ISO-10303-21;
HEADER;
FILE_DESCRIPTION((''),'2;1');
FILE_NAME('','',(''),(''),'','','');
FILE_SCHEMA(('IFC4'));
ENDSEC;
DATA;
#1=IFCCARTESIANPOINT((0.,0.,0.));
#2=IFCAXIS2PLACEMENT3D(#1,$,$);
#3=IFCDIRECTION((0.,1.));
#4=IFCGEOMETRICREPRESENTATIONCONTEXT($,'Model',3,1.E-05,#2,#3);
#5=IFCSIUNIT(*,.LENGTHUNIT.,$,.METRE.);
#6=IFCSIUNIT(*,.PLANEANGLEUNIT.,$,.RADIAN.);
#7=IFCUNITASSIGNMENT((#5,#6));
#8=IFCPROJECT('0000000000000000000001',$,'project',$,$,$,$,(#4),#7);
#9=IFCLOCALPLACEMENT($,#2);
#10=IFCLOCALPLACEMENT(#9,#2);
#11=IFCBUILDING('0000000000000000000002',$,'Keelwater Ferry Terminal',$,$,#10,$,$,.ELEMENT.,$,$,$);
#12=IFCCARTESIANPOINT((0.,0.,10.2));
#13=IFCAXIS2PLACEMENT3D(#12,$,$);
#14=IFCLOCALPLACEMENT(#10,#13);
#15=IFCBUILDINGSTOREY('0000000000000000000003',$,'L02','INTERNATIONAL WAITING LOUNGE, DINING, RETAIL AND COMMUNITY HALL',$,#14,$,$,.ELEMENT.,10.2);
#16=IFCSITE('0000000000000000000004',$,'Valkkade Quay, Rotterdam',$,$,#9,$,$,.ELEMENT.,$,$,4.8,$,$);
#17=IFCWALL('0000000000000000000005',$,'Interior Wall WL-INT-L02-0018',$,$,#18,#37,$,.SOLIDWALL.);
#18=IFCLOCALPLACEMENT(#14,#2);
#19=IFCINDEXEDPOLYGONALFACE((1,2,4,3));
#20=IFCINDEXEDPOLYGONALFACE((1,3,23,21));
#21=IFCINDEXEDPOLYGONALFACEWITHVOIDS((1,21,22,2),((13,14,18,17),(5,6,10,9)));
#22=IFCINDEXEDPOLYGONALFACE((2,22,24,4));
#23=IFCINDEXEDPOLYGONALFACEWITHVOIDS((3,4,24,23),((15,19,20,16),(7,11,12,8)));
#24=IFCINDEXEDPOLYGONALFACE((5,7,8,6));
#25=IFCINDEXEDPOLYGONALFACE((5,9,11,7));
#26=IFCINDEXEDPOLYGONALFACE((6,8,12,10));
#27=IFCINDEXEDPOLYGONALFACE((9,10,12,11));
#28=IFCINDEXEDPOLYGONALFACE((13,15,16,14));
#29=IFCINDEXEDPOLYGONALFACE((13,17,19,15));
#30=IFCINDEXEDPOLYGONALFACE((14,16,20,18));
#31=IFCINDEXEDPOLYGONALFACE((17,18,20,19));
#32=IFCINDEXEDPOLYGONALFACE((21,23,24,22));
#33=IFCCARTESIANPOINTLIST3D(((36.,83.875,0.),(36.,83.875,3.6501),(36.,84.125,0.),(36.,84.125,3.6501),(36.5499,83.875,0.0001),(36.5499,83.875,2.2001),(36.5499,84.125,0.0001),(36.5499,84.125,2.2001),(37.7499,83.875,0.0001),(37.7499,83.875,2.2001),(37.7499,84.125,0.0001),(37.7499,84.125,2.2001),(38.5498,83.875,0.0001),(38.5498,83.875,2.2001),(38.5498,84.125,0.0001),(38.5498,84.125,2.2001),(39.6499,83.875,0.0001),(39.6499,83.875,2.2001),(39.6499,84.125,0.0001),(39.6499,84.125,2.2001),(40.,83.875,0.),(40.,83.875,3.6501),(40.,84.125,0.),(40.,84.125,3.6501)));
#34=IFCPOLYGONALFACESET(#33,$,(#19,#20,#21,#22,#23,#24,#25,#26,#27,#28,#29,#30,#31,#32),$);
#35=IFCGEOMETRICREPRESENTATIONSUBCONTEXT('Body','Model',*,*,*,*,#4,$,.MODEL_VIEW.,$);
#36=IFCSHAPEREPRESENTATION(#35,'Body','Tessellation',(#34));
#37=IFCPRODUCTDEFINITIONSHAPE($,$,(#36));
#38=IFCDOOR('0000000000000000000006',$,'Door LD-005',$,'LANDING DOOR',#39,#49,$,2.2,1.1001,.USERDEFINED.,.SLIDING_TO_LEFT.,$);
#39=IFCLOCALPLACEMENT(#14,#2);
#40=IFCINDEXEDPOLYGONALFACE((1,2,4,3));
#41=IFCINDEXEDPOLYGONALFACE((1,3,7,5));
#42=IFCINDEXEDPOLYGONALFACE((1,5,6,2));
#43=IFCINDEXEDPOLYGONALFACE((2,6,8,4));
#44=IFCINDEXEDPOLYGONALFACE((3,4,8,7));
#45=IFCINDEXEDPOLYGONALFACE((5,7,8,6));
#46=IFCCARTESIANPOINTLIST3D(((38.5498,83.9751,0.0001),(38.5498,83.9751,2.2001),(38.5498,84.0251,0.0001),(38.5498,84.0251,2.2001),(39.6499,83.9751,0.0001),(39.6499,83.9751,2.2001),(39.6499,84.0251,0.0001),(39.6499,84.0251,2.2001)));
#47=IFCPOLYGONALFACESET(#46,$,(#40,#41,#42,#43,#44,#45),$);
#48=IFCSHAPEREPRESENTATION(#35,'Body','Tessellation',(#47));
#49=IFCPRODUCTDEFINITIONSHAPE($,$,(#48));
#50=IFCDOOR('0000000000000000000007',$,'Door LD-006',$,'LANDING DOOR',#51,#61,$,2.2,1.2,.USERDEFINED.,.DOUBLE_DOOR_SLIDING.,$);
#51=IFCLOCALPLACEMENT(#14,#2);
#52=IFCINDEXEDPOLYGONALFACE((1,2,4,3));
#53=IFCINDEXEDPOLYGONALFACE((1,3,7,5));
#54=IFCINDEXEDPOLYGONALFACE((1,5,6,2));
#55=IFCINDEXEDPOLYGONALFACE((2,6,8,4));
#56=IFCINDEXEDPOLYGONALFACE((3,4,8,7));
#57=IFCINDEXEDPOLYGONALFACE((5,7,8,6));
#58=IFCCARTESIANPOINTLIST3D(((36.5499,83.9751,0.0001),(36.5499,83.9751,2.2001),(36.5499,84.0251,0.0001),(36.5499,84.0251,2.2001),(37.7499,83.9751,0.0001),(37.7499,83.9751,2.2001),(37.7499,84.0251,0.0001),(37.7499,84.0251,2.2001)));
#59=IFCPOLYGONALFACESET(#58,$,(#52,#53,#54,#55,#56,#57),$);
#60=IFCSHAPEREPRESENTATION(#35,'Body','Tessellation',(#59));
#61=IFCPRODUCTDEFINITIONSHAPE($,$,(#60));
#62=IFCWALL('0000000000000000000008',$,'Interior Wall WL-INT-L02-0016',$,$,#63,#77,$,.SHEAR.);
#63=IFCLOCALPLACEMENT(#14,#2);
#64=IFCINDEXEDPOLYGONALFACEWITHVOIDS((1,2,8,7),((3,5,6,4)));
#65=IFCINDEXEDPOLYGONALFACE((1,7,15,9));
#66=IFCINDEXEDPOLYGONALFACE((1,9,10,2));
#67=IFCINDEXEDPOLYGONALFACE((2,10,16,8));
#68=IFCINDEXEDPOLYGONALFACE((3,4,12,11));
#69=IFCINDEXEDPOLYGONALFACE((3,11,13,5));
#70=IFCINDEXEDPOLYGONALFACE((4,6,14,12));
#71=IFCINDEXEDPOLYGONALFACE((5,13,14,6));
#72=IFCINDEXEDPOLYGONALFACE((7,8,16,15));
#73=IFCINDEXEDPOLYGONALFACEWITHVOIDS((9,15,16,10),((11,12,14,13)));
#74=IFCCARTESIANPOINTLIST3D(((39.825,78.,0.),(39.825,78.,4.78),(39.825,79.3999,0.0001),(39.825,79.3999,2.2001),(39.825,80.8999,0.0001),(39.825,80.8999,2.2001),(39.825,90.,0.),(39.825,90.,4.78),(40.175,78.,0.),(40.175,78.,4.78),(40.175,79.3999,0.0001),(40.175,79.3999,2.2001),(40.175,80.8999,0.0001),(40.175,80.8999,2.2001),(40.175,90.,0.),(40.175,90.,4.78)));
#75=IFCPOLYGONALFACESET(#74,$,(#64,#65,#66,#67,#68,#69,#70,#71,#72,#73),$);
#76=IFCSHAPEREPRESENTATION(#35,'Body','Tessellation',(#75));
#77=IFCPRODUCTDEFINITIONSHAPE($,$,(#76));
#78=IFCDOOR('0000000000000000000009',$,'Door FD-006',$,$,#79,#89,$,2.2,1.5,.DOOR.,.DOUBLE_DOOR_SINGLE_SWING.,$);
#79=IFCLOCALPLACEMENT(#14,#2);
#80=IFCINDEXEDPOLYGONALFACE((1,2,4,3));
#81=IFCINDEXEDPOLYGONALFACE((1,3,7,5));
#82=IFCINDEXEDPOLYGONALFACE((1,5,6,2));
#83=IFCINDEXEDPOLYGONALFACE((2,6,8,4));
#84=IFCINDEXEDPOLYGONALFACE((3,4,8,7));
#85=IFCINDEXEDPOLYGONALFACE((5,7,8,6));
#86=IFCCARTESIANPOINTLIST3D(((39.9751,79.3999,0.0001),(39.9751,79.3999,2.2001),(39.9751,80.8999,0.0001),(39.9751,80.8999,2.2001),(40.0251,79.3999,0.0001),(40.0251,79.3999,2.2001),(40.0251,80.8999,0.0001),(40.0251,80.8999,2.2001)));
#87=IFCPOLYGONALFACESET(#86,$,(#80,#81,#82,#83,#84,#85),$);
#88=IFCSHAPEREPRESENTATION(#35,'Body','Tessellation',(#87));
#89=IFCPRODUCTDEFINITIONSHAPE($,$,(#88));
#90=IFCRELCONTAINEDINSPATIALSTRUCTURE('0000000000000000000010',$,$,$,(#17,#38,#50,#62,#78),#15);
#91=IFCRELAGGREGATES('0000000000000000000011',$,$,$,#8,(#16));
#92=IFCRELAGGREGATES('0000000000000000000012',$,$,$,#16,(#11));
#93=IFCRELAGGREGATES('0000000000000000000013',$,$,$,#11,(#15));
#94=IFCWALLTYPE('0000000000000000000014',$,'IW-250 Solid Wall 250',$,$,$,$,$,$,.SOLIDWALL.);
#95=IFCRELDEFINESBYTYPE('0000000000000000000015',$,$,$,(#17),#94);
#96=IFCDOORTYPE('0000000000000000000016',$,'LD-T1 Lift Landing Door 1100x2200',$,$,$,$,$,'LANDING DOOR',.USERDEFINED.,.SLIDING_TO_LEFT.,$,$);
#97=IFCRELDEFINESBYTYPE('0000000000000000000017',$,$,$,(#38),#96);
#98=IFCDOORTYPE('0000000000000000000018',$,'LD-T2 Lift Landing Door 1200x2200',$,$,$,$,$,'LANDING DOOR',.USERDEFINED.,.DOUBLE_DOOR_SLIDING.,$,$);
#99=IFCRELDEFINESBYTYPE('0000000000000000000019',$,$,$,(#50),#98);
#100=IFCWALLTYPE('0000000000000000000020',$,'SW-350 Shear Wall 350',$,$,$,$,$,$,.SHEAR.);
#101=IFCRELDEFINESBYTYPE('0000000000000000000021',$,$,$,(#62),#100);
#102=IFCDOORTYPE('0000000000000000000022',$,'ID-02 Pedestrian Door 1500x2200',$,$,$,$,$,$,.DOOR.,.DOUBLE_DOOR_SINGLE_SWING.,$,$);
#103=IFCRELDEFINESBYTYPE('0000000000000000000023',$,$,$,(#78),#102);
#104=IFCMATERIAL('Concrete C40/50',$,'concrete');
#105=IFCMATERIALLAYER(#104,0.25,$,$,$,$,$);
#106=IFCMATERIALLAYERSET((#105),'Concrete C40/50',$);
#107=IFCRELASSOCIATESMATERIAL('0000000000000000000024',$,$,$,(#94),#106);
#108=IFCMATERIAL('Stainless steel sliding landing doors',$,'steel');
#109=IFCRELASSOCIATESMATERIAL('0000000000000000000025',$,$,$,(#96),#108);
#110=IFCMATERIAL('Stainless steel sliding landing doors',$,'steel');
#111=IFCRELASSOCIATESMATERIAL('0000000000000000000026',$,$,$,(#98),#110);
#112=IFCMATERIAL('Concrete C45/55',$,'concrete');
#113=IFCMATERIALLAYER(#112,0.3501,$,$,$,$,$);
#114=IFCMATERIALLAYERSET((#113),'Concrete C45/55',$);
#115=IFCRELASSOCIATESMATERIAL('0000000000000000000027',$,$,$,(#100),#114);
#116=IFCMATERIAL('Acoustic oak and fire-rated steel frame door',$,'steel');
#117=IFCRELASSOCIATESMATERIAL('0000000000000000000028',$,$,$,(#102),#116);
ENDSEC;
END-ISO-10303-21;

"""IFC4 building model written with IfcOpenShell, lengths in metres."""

from ifc_helpers import new_model, si_unit, direction, frame, frame_2d, origin, place, context, subcontext, project, spatial, rectangle, extrude, material, layer, layer_set, type_object, element, fill, save


model = new_model("IFC4")

# Units and contexts
model_context = context("Model", 3, precision=1e-05, world=origin(), true_north=direction((0.0, 1.0)))
body_context = subcontext(model_context, "Body", "Model", "MODEL_VIEW")
ifc_project = project(units=[si_unit("LENGTHUNIT", "METRE"), si_unit("PLANEANGLEUNIT", "RADIAN")], contexts=[model_context])

# Site, building, storey
site_placement = place(None, origin())
site = spatial("IfcSite", under=ifc_project, at=site_placement, Name="Valkkade Quay, Rotterdam", CompositionType="ELEMENT", RefElevation=4.8)
building_placement = place(site_placement, origin())
building = spatial("IfcBuilding", under=site, at=building_placement, Name="Keelwater Ferry Terminal", CompositionType="ELEMENT")
storey_placement = place(building_placement, frame((0.0, 0.0, 10.2)))
storey = spatial("IfcBuildingStorey", under=building, at=storey_placement, Name="L02", Description="INTERNATIONAL WAITING LOUNGE, DINING, RETAIL AND COMMUNITY HALL", CompositionType="ELEMENT", Elevation=10.2)

# Wall, openings, doors
ifc_material_1 = material(Name="Concrete C40/50", Category="concrete")
ifc_layer_1 = layer(ifc_material_1, 0.25)
ifc_layer_set_1 = layer_set([ifc_layer_1], Name="Concrete C40/50")
wall_type_1 = type_object("IfcWallType", Name="IW-250 Solid Wall 250", PredefinedType="SOLIDWALL", material=ifc_layer_set_1)
wall_1_placement = place(storey_placement, frame((40.0, 84.0, 0.0), z_axis=(0.0, 0.0, 1.0), x_axis=(-1.0, 0.0, 0.0)))
wall_1 = element("IfcWall", 1, at=wall_1_placement, inside=storey, type_object=wall_type_1, Name="Interior Wall WL-INT-L02-0018", PredefinedType="SOLIDWALL", context=body_context, shape_type="SweptSolid", body=[
    extrude(rectangle(XDim=4.0, YDim=0.25, at=frame_2d((2.0, 0.0))), origin(), (0.0, 0.0, 1.0), 3.6501),
])
opening_1_placement = place(wall_1_placement, frame((0.3501, 0.0, 0.0)))
opening_1 = element("IfcOpeningElement", 2, at=opening_1_placement, cuts=wall_1, PredefinedType="OPENING", context=body_context, shape_type="SweptSolid", body=[
    extrude(rectangle(XDim=1.1001, YDim=2.2, at=frame_2d((0.55, 1.1001))), frame((0.0, 0.135, 0.0), z_axis=(0.0, -1.0, 0.0), x_axis=(1.0, 0.0, 0.0)), (0.0, 0.0, 1.0), 0.27),
])
opening_2_placement = place(wall_1_placement, frame((2.25, 0.0, 0.0)))
opening_2 = element("IfcOpeningElement", 3, at=opening_2_placement, cuts=wall_1, PredefinedType="OPENING", context=body_context, shape_type="SweptSolid", body=[
    extrude(rectangle(XDim=1.2, YDim=2.2, at=frame_2d((0.6001, 1.1001))), frame((0.0, 0.135, 0.0), z_axis=(0.0, -1.0, 0.0), x_axis=(1.0, 0.0, 0.0)), (0.0, 0.0, 1.0), 0.27),
])
ifc_material_2 = material(Name="Stainless steel sliding landing doors", Category="steel")
door_type_1 = type_object("IfcDoorType", Name="LD-T1 Lift Landing Door 1100x2200", ElementType="LANDING DOOR", OperationType="SLIDING_TO_LEFT", PredefinedType="USERDEFINED", material=ifc_material_2)
door_1_placement = place(opening_1_placement, origin())
door_1 = element("IfcDoor", 4, at=door_1_placement, inside=storey, type_object=door_type_1, Name="Door LD-005", ObjectType="LANDING DOOR", OperationType="SLIDING_TO_LEFT", OverallHeight=2.2, OverallWidth=1.1001, PredefinedType="USERDEFINED", context=body_context, shape_type="SweptSolid", body=[
    extrude(rectangle(XDim=1.1001, YDim=2.2, at=frame_2d((0.55, 1.1001))), frame((0.0, 0.0249, 0.0), z_axis=(0.0, -1.0, 0.0), x_axis=(1.0, 0.0, 0.0)), (0.0, 0.0, 1.0), 0.05),
])
fill(opening_1, door_1)
ifc_material_3 = material(Name="Stainless steel sliding landing doors", Category="steel")
door_type_2 = type_object("IfcDoorType", Name="LD-T2 Lift Landing Door 1200x2200", ElementType="LANDING DOOR", OperationType="DOUBLE_DOOR_SLIDING", PredefinedType="USERDEFINED", material=ifc_material_3)
door_2_placement = place(opening_2_placement, origin())
door_2 = element("IfcDoor", 5, at=door_2_placement, inside=storey, type_object=door_type_2, Name="Door LD-006", ObjectType="LANDING DOOR", OperationType="DOUBLE_DOOR_SLIDING", OverallHeight=2.2, OverallWidth=1.2, PredefinedType="USERDEFINED", context=body_context, shape_type="SweptSolid", body=[
    extrude(rectangle(XDim=1.2, YDim=2.2, at=frame_2d((0.6001, 1.1001))), frame((0.0, 0.0249, 0.0), z_axis=(0.0, -1.0, 0.0), x_axis=(1.0, 0.0, 0.0)), (0.0, 0.0, 1.0), 0.05),
])
fill(opening_2, door_2)

# Wall, opening, door
ifc_material_4 = material(Name="Concrete C45/55", Category="concrete")
ifc_layer_2 = layer(ifc_material_4, 0.3501)
ifc_layer_set_2 = layer_set([ifc_layer_2], Name="Concrete C45/55")
wall_type_2 = type_object("IfcWallType", Name="SW-350 Shear Wall 350", PredefinedType="SHEAR", material=ifc_layer_set_2)
wall_2_placement = place(storey_placement, frame((40.0, 78.0, 0.0), z_axis=(0.0, 0.0, 1.0), x_axis=(0.0, 1.0, 0.0)))
wall_2 = element("IfcWall", 6, at=wall_2_placement, inside=storey, type_object=wall_type_2, Name="Interior Wall WL-INT-L02-0016", PredefinedType="SHEAR", context=body_context, shape_type="SweptSolid", body=[
    extrude(rectangle(XDim=12.0, YDim=0.3501, at=frame_2d((6.0, 0.0))), origin(), (0.0, 0.0, 1.0), 4.78),
])
opening_3_placement = place(wall_2_placement, frame((1.3999, 0.0, 0.0)))
opening_3 = element("IfcOpeningElement", 7, at=opening_3_placement, cuts=wall_2, PredefinedType="OPENING", context=body_context, shape_type="SweptSolid", body=[
    extrude(rectangle(XDim=1.5, YDim=2.2, at=frame_2d((0.75, 1.1001))), frame((0.0, 0.1851, 0.0), z_axis=(0.0, -1.0, 0.0), x_axis=(1.0, 0.0, 0.0)), (0.0, 0.0, 1.0), 0.3701),
])
ifc_material_5 = material(Name="Acoustic oak and fire-rated steel frame door", Category="steel")
door_type_3 = type_object("IfcDoorType", Name="ID-02 Pedestrian Door 1500x2200", OperationType="DOUBLE_DOOR_SINGLE_SWING", PredefinedType="DOOR", material=ifc_material_5)
door_3_placement = place(opening_3_placement, origin())
door_3 = element("IfcDoor", 8, at=door_3_placement, inside=storey, type_object=door_type_3, Name="Door FD-006", OperationType="DOUBLE_DOOR_SINGLE_SWING", OverallHeight=2.2, OverallWidth=1.5, PredefinedType="DOOR", context=body_context, shape_type="SweptSolid", body=[
    extrude(rectangle(XDim=1.5, YDim=2.2, at=frame_2d((0.75, 1.1001))), frame((0.0, 0.0249, 0.0), z_axis=(0.0, -1.0, 0.0), x_axis=(1.0, 0.0, 0.0)), (0.0, 0.0, 1.0), 0.05),
])
fill(opening_3, door_3)

save(model, "model.ifc")
